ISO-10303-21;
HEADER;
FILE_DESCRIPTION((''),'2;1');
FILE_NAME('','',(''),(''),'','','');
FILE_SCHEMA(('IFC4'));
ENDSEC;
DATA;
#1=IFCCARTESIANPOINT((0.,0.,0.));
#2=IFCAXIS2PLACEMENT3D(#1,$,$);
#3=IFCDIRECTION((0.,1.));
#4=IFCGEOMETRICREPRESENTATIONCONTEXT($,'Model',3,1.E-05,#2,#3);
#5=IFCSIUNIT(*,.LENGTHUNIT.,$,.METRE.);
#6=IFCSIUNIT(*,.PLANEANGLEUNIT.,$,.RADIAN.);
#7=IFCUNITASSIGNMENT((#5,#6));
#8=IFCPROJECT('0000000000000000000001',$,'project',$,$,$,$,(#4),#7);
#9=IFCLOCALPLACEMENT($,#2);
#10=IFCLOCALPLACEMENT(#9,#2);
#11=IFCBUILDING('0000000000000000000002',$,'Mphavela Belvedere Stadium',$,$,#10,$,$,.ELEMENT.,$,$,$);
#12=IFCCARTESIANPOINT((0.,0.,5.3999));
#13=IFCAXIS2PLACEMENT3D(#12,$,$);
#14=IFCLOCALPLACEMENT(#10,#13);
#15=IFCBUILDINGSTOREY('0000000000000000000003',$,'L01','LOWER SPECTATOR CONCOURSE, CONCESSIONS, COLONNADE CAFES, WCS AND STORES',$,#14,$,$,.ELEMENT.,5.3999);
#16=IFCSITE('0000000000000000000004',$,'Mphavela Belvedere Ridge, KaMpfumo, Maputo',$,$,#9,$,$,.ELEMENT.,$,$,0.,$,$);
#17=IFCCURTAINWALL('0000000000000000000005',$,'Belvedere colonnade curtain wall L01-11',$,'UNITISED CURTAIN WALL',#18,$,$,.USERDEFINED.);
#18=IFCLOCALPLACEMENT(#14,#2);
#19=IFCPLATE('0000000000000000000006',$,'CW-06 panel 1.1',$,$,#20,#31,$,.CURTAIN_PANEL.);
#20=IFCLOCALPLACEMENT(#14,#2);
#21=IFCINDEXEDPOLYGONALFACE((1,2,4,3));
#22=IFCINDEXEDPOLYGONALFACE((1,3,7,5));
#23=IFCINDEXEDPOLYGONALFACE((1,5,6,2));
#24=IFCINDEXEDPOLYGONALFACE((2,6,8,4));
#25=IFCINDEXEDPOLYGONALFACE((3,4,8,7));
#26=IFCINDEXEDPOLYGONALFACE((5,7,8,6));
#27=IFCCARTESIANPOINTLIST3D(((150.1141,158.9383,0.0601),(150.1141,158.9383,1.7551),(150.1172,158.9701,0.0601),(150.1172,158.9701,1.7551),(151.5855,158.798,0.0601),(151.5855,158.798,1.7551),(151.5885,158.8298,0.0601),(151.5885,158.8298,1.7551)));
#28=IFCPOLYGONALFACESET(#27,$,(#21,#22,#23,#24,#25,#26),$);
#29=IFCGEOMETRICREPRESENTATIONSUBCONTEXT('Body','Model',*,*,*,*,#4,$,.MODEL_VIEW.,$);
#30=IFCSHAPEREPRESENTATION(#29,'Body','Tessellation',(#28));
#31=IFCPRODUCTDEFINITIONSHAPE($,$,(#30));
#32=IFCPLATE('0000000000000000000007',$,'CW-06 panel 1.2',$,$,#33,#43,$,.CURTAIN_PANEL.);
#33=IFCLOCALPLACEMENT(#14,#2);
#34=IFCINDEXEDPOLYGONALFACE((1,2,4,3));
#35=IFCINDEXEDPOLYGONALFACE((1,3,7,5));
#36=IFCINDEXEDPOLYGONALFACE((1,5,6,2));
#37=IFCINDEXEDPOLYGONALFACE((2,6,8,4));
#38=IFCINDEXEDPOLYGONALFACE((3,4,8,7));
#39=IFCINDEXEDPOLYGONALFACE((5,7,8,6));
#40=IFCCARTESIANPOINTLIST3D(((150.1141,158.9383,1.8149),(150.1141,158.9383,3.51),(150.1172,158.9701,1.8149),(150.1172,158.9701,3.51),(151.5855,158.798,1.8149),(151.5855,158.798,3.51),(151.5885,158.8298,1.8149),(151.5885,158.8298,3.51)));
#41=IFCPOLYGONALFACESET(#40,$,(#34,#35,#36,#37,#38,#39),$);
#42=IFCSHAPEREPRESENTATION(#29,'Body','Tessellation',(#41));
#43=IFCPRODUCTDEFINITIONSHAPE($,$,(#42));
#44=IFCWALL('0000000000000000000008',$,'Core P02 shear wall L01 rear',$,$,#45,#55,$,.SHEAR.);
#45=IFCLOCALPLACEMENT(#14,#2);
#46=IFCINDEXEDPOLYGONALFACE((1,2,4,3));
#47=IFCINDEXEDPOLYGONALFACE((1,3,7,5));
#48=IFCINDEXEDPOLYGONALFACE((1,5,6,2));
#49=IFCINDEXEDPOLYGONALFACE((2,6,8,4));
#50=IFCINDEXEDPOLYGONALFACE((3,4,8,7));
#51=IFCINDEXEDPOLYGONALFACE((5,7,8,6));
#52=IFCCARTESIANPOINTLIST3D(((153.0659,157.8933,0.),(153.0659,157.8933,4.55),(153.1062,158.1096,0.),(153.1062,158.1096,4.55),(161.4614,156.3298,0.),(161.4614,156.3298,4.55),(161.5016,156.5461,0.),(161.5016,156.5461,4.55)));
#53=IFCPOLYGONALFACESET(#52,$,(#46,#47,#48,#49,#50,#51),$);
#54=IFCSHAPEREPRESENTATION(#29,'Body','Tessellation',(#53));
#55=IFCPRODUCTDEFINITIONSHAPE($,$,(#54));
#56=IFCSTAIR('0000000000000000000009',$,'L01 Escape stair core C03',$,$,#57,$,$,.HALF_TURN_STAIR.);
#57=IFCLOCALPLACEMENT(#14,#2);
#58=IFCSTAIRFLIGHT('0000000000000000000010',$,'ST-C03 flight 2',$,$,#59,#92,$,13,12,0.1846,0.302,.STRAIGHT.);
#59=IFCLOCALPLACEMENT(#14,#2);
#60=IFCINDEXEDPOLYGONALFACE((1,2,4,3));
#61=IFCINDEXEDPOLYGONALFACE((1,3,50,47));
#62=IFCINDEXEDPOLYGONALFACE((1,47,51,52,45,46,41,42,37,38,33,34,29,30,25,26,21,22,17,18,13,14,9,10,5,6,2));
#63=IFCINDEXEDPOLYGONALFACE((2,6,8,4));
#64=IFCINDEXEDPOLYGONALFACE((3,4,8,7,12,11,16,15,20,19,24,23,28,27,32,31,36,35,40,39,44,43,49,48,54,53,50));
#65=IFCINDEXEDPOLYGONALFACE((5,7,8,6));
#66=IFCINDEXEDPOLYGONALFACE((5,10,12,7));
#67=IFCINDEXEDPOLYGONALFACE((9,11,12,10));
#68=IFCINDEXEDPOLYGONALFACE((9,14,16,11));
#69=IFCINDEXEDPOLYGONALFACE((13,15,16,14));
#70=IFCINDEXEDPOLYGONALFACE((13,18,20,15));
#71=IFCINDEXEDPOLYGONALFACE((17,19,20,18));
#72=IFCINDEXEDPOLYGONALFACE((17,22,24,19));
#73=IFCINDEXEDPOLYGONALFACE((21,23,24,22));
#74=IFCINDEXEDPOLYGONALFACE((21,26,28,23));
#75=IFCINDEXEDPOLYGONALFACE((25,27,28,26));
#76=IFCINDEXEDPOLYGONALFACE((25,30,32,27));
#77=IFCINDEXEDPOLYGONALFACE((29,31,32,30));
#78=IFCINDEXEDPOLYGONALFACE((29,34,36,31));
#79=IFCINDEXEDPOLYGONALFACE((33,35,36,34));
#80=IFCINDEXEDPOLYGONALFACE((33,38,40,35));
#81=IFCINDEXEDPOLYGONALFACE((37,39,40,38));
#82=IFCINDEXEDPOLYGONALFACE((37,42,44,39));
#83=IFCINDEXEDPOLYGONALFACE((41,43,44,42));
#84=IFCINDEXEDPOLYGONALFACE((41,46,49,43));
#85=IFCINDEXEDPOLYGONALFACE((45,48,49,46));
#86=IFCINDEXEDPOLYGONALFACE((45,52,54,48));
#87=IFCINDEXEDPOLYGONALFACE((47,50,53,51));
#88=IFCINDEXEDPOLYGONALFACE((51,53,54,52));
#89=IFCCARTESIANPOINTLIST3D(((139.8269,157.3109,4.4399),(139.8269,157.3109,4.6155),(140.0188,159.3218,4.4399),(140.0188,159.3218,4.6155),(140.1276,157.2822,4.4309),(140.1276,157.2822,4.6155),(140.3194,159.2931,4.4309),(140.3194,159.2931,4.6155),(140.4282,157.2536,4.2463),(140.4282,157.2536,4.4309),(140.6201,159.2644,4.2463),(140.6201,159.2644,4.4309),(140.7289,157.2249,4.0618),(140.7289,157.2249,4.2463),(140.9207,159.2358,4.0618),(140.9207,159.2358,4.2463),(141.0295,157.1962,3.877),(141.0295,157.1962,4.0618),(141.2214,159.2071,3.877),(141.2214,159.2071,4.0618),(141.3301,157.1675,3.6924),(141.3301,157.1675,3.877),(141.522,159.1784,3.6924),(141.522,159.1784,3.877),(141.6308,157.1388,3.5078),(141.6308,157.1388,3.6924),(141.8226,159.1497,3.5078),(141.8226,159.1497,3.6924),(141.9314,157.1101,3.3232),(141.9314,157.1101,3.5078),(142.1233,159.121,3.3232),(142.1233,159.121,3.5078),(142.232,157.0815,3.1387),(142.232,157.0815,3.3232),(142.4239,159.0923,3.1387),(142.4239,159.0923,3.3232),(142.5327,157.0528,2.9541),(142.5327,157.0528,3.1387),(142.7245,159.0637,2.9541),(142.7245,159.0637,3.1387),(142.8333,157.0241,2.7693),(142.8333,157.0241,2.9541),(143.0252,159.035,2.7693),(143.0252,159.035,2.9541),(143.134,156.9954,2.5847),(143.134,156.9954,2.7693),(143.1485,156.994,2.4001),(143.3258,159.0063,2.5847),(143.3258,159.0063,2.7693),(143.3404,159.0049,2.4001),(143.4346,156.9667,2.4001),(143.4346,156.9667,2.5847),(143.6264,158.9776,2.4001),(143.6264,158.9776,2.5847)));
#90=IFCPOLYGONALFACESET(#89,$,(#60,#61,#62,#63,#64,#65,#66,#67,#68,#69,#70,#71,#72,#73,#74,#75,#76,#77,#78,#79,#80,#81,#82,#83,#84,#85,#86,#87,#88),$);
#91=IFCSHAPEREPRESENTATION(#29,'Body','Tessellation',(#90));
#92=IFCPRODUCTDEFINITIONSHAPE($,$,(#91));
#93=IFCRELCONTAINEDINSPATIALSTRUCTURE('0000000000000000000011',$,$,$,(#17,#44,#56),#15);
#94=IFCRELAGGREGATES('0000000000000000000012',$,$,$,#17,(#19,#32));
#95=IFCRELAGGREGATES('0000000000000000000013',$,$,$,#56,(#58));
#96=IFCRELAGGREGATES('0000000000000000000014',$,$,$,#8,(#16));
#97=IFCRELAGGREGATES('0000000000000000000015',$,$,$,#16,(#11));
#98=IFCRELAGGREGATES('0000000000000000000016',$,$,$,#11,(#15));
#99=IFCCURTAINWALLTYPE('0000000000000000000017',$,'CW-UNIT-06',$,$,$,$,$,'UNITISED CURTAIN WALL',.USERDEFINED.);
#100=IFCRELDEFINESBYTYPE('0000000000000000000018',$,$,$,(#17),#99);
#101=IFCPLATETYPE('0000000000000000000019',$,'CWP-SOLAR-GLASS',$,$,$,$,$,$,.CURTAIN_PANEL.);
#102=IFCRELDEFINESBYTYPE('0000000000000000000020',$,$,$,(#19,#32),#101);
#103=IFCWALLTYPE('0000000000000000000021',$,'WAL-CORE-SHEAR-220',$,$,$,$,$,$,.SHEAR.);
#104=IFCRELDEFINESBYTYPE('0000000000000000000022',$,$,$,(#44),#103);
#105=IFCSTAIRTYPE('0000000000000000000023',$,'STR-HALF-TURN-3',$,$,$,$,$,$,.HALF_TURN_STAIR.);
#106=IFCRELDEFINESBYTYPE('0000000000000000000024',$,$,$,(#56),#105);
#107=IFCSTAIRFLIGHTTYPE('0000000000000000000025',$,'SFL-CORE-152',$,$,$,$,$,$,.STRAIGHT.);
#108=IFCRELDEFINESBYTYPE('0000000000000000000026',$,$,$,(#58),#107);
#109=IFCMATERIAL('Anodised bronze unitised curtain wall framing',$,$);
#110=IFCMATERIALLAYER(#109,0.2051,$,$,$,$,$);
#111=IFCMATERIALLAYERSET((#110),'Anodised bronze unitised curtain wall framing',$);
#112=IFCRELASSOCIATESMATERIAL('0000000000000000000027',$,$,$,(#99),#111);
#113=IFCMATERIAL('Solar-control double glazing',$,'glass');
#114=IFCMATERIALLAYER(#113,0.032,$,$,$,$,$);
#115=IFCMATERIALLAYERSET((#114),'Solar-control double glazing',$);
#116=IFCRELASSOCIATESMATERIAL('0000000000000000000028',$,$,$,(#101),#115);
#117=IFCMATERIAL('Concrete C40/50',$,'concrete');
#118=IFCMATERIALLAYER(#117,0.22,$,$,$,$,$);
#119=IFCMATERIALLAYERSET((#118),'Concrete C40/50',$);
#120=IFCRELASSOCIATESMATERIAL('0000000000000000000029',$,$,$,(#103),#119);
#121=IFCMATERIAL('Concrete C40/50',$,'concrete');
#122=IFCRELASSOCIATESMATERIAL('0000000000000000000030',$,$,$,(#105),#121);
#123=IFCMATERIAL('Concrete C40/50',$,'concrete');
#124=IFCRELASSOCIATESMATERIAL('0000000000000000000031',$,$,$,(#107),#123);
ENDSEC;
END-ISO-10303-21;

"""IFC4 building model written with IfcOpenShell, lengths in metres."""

from ifc_helpers import new_model, si_unit, direction, frame, frame_2d, origin, origin_2d, place, context, subcontext, project, spatial, polyline, rectangle, outline, extrude, material, layer, layer_set, type_object, element, aggregate, save


model = new_model("IFC4")

# Units and contexts
model_context = context("Model", 3, precision=1e-05, world=origin(), true_north=direction((0.0, 1.0)))
body_context = subcontext(model_context, "Body", "Model", "MODEL_VIEW")
ifc_project = project(units=[si_unit("LENGTHUNIT", "METRE"), si_unit("PLANEANGLEUNIT", "RADIAN")], contexts=[model_context])

# Site, building, storey
site_placement = place(None, origin())
site = spatial("IfcSite", under=ifc_project, at=site_placement, Name="Mphavela Belvedere Ridge, KaMpfumo, Maputo", CompositionType="ELEMENT", RefElevation=0.0)
building_placement = place(site_placement, origin())
building = spatial("IfcBuilding", under=site, at=building_placement, Name="Mphavela Belvedere Stadium", CompositionType="ELEMENT")
storey_placement = place(building_placement, frame((0.0, 0.0, 5.3999)))
storey = spatial("IfcBuildingStorey", under=building, at=storey_placement, Name="L01", Description="LOWER SPECTATOR CONCOURSE, CONCESSIONS, COLONNADE CAFES, WCS AND STORES", CompositionType="ELEMENT", Elevation=5.3999)

# Curtain wall
ifc_material_1 = material(Name="Anodised bronze unitised curtain wall framing")
ifc_layer_1 = layer(ifc_material_1, 0.2051)
ifc_layer_set_1 = layer_set([ifc_layer_1], Name="Anodised bronze unitised curtain wall framing")
curtain_wall_type_1 = type_object("IfcCurtainWallType", Name="CW-UNIT-06", ElementType="UNITISED CURTAIN WALL", PredefinedType="USERDEFINED", material=ifc_layer_set_1)
curtain_wall_1_placement = place(storey_placement, origin())
curtain_wall_1 = element("IfcCurtainWall", 1, at=curtain_wall_1_placement, inside=storey, type_object=curtain_wall_type_1, Name="Belvedere colonnade curtain wall L01-11", ObjectType="UNITISED CURTAIN WALL", PredefinedType="USERDEFINED")

# Plates
ifc_material_2 = material(Name="Solar-control double glazing", Category="glass")
ifc_layer_2 = layer(ifc_material_2, 0.032)
ifc_layer_set_2 = layer_set([ifc_layer_2], Name="Solar-control double glazing")
plate_type = type_object("IfcPlateType", Name="CWP-SOLAR-GLASS", PredefinedType="CURTAIN_PANEL", material=ifc_layer_set_2)
plate_1_placement = place(storey_placement, frame((150.8513, 158.884, 0.0601), z_axis=(0.0, 0.0, 1.0), x_axis=(-0.995485, 0.094922, 0.0)))
plate_1 = element("IfcPlate", 2, at=plate_1_placement, type_object=plate_type, Name="CW-06 panel 1.1", PredefinedType="CURTAIN_PANEL", context=body_context, shape_type="SweptSolid", body=[
    extrude(rectangle(XDim=1.478, YDim=0.032, at=origin_2d()), origin(), (0.0, 0.0, 1.0), 1.6951),
])
plate_2_placement = place(storey_placement, frame((150.8513, 158.884, 1.8149), z_axis=(0.0, 0.0, 1.0), x_axis=(-0.995485, 0.094922, 0.0)))
plate_2 = element("IfcPlate", 3, at=plate_2_placement, type_object=plate_type, Name="CW-06 panel 1.2", PredefinedType="CURTAIN_PANEL", context=body_context, shape_type="SweptSolid", body=[
    extrude(rectangle(XDim=1.478, YDim=0.032, at=origin_2d()), origin(), (0.0, 0.0, 1.0), 1.6951),
])
aggregate(curtain_wall_1, [plate_1, plate_2])

# Wall
ifc_material_3 = material(Name="Concrete C40/50", Category="concrete")
ifc_layer_3 = layer(ifc_material_3, 0.22)
ifc_layer_set_3 = layer_set([ifc_layer_3], Name="Concrete C40/50")
wall_type = type_object("IfcWallType", Name="WAL-CORE-SHEAR-220", PredefinedType="SHEAR", material=ifc_layer_set_3)
wall_placement = place(storey_placement, frame((153.0859, 158.0015, 0.0), z_axis=(0.0, 0.0, 1.0), x_axis=(0.983098, -0.18308, 0.0)))
element("IfcWall", 4, at=wall_placement, inside=storey, type_object=wall_type, Name="Core P02 shear wall L01 rear", PredefinedType="SHEAR", context=body_context, shape_type="SweptSolid", body=[
    extrude(rectangle(XDim=8.5398, YDim=0.22, at=frame_2d((4.27, 0.0))), origin(), (0.0, 0.0, 1.0), 4.55),
])

# Stair, stair flight
ifc_material_4 = material(Name="Concrete C40/50", Category="concrete")
stair_type = type_object("IfcStairType", Name="STR-HALF-TURN-3", PredefinedType="HALF_TURN_STAIR", material=ifc_material_4)
stair_placement = place(storey_placement, origin())
stair = element("IfcStair", 5, at=stair_placement, inside=storey, type_object=stair_type, Name="L01 Escape stair core C03", PredefinedType="HALF_TURN_STAIR")
ifc_material_5 = material(Name="Concrete C40/50", Category="concrete")
stair_flight_type = type_object("IfcStairFlightType", Name="SFL-CORE-152", PredefinedType="STRAIGHT", material=ifc_material_5)
stair_flight_placement = place(storey_placement, frame((143.5305, 157.9722, 2.4001), z_axis=(0.0, 0.0, 1.0), x_axis=(-0.995479, 0.094977, 0.0)))
stair_flight = element("IfcStairFlight", 6, at=stair_flight_placement, type_object=stair_flight_type, Name="ST-C03 flight 2", NumberOfRisers=13, NumberOfTreads=12, PredefinedType="STRAIGHT", RiserHeight=0.1846, TreadLength=0.302, context=body_context, shape_type="SweptSolid", body=[
    extrude(outline(polyline([(0.0, 0.0), (0.0, 0.1846), (0.302, 0.1846), (0.302, 0.3691), (0.604, 0.3691), (0.604, 0.554), (0.906, 0.554), (0.906, 0.7385), (1.208, 0.7385), (1.208, 0.9231), (1.51, 0.9231), (1.51, 1.1077), (1.812, 1.1077), (1.812, 1.2922), (2.114, 1.2922), (2.114, 1.4768), (2.416, 1.4768), (2.416, 1.6616), (2.718, 1.6616), (2.718, 1.8462), (3.02, 1.8462), (3.02, 2.0308), (3.322, 2.0308), (3.322, 2.2153), (3.624, 2.2153), (3.624, 2.3999), (3.624, 2.0398), (0.2874, 0.0), (0.0, 0.0)])), frame((0.0, 1.01, 0.0), z_axis=(0.0, -1.0, 0.0), x_axis=(1.0, 0.0, 0.0)), (0.0, 0.0, 1.0), 2.02),
])
aggregate(stair, [stair_flight])

save(model, "model.ifc")
